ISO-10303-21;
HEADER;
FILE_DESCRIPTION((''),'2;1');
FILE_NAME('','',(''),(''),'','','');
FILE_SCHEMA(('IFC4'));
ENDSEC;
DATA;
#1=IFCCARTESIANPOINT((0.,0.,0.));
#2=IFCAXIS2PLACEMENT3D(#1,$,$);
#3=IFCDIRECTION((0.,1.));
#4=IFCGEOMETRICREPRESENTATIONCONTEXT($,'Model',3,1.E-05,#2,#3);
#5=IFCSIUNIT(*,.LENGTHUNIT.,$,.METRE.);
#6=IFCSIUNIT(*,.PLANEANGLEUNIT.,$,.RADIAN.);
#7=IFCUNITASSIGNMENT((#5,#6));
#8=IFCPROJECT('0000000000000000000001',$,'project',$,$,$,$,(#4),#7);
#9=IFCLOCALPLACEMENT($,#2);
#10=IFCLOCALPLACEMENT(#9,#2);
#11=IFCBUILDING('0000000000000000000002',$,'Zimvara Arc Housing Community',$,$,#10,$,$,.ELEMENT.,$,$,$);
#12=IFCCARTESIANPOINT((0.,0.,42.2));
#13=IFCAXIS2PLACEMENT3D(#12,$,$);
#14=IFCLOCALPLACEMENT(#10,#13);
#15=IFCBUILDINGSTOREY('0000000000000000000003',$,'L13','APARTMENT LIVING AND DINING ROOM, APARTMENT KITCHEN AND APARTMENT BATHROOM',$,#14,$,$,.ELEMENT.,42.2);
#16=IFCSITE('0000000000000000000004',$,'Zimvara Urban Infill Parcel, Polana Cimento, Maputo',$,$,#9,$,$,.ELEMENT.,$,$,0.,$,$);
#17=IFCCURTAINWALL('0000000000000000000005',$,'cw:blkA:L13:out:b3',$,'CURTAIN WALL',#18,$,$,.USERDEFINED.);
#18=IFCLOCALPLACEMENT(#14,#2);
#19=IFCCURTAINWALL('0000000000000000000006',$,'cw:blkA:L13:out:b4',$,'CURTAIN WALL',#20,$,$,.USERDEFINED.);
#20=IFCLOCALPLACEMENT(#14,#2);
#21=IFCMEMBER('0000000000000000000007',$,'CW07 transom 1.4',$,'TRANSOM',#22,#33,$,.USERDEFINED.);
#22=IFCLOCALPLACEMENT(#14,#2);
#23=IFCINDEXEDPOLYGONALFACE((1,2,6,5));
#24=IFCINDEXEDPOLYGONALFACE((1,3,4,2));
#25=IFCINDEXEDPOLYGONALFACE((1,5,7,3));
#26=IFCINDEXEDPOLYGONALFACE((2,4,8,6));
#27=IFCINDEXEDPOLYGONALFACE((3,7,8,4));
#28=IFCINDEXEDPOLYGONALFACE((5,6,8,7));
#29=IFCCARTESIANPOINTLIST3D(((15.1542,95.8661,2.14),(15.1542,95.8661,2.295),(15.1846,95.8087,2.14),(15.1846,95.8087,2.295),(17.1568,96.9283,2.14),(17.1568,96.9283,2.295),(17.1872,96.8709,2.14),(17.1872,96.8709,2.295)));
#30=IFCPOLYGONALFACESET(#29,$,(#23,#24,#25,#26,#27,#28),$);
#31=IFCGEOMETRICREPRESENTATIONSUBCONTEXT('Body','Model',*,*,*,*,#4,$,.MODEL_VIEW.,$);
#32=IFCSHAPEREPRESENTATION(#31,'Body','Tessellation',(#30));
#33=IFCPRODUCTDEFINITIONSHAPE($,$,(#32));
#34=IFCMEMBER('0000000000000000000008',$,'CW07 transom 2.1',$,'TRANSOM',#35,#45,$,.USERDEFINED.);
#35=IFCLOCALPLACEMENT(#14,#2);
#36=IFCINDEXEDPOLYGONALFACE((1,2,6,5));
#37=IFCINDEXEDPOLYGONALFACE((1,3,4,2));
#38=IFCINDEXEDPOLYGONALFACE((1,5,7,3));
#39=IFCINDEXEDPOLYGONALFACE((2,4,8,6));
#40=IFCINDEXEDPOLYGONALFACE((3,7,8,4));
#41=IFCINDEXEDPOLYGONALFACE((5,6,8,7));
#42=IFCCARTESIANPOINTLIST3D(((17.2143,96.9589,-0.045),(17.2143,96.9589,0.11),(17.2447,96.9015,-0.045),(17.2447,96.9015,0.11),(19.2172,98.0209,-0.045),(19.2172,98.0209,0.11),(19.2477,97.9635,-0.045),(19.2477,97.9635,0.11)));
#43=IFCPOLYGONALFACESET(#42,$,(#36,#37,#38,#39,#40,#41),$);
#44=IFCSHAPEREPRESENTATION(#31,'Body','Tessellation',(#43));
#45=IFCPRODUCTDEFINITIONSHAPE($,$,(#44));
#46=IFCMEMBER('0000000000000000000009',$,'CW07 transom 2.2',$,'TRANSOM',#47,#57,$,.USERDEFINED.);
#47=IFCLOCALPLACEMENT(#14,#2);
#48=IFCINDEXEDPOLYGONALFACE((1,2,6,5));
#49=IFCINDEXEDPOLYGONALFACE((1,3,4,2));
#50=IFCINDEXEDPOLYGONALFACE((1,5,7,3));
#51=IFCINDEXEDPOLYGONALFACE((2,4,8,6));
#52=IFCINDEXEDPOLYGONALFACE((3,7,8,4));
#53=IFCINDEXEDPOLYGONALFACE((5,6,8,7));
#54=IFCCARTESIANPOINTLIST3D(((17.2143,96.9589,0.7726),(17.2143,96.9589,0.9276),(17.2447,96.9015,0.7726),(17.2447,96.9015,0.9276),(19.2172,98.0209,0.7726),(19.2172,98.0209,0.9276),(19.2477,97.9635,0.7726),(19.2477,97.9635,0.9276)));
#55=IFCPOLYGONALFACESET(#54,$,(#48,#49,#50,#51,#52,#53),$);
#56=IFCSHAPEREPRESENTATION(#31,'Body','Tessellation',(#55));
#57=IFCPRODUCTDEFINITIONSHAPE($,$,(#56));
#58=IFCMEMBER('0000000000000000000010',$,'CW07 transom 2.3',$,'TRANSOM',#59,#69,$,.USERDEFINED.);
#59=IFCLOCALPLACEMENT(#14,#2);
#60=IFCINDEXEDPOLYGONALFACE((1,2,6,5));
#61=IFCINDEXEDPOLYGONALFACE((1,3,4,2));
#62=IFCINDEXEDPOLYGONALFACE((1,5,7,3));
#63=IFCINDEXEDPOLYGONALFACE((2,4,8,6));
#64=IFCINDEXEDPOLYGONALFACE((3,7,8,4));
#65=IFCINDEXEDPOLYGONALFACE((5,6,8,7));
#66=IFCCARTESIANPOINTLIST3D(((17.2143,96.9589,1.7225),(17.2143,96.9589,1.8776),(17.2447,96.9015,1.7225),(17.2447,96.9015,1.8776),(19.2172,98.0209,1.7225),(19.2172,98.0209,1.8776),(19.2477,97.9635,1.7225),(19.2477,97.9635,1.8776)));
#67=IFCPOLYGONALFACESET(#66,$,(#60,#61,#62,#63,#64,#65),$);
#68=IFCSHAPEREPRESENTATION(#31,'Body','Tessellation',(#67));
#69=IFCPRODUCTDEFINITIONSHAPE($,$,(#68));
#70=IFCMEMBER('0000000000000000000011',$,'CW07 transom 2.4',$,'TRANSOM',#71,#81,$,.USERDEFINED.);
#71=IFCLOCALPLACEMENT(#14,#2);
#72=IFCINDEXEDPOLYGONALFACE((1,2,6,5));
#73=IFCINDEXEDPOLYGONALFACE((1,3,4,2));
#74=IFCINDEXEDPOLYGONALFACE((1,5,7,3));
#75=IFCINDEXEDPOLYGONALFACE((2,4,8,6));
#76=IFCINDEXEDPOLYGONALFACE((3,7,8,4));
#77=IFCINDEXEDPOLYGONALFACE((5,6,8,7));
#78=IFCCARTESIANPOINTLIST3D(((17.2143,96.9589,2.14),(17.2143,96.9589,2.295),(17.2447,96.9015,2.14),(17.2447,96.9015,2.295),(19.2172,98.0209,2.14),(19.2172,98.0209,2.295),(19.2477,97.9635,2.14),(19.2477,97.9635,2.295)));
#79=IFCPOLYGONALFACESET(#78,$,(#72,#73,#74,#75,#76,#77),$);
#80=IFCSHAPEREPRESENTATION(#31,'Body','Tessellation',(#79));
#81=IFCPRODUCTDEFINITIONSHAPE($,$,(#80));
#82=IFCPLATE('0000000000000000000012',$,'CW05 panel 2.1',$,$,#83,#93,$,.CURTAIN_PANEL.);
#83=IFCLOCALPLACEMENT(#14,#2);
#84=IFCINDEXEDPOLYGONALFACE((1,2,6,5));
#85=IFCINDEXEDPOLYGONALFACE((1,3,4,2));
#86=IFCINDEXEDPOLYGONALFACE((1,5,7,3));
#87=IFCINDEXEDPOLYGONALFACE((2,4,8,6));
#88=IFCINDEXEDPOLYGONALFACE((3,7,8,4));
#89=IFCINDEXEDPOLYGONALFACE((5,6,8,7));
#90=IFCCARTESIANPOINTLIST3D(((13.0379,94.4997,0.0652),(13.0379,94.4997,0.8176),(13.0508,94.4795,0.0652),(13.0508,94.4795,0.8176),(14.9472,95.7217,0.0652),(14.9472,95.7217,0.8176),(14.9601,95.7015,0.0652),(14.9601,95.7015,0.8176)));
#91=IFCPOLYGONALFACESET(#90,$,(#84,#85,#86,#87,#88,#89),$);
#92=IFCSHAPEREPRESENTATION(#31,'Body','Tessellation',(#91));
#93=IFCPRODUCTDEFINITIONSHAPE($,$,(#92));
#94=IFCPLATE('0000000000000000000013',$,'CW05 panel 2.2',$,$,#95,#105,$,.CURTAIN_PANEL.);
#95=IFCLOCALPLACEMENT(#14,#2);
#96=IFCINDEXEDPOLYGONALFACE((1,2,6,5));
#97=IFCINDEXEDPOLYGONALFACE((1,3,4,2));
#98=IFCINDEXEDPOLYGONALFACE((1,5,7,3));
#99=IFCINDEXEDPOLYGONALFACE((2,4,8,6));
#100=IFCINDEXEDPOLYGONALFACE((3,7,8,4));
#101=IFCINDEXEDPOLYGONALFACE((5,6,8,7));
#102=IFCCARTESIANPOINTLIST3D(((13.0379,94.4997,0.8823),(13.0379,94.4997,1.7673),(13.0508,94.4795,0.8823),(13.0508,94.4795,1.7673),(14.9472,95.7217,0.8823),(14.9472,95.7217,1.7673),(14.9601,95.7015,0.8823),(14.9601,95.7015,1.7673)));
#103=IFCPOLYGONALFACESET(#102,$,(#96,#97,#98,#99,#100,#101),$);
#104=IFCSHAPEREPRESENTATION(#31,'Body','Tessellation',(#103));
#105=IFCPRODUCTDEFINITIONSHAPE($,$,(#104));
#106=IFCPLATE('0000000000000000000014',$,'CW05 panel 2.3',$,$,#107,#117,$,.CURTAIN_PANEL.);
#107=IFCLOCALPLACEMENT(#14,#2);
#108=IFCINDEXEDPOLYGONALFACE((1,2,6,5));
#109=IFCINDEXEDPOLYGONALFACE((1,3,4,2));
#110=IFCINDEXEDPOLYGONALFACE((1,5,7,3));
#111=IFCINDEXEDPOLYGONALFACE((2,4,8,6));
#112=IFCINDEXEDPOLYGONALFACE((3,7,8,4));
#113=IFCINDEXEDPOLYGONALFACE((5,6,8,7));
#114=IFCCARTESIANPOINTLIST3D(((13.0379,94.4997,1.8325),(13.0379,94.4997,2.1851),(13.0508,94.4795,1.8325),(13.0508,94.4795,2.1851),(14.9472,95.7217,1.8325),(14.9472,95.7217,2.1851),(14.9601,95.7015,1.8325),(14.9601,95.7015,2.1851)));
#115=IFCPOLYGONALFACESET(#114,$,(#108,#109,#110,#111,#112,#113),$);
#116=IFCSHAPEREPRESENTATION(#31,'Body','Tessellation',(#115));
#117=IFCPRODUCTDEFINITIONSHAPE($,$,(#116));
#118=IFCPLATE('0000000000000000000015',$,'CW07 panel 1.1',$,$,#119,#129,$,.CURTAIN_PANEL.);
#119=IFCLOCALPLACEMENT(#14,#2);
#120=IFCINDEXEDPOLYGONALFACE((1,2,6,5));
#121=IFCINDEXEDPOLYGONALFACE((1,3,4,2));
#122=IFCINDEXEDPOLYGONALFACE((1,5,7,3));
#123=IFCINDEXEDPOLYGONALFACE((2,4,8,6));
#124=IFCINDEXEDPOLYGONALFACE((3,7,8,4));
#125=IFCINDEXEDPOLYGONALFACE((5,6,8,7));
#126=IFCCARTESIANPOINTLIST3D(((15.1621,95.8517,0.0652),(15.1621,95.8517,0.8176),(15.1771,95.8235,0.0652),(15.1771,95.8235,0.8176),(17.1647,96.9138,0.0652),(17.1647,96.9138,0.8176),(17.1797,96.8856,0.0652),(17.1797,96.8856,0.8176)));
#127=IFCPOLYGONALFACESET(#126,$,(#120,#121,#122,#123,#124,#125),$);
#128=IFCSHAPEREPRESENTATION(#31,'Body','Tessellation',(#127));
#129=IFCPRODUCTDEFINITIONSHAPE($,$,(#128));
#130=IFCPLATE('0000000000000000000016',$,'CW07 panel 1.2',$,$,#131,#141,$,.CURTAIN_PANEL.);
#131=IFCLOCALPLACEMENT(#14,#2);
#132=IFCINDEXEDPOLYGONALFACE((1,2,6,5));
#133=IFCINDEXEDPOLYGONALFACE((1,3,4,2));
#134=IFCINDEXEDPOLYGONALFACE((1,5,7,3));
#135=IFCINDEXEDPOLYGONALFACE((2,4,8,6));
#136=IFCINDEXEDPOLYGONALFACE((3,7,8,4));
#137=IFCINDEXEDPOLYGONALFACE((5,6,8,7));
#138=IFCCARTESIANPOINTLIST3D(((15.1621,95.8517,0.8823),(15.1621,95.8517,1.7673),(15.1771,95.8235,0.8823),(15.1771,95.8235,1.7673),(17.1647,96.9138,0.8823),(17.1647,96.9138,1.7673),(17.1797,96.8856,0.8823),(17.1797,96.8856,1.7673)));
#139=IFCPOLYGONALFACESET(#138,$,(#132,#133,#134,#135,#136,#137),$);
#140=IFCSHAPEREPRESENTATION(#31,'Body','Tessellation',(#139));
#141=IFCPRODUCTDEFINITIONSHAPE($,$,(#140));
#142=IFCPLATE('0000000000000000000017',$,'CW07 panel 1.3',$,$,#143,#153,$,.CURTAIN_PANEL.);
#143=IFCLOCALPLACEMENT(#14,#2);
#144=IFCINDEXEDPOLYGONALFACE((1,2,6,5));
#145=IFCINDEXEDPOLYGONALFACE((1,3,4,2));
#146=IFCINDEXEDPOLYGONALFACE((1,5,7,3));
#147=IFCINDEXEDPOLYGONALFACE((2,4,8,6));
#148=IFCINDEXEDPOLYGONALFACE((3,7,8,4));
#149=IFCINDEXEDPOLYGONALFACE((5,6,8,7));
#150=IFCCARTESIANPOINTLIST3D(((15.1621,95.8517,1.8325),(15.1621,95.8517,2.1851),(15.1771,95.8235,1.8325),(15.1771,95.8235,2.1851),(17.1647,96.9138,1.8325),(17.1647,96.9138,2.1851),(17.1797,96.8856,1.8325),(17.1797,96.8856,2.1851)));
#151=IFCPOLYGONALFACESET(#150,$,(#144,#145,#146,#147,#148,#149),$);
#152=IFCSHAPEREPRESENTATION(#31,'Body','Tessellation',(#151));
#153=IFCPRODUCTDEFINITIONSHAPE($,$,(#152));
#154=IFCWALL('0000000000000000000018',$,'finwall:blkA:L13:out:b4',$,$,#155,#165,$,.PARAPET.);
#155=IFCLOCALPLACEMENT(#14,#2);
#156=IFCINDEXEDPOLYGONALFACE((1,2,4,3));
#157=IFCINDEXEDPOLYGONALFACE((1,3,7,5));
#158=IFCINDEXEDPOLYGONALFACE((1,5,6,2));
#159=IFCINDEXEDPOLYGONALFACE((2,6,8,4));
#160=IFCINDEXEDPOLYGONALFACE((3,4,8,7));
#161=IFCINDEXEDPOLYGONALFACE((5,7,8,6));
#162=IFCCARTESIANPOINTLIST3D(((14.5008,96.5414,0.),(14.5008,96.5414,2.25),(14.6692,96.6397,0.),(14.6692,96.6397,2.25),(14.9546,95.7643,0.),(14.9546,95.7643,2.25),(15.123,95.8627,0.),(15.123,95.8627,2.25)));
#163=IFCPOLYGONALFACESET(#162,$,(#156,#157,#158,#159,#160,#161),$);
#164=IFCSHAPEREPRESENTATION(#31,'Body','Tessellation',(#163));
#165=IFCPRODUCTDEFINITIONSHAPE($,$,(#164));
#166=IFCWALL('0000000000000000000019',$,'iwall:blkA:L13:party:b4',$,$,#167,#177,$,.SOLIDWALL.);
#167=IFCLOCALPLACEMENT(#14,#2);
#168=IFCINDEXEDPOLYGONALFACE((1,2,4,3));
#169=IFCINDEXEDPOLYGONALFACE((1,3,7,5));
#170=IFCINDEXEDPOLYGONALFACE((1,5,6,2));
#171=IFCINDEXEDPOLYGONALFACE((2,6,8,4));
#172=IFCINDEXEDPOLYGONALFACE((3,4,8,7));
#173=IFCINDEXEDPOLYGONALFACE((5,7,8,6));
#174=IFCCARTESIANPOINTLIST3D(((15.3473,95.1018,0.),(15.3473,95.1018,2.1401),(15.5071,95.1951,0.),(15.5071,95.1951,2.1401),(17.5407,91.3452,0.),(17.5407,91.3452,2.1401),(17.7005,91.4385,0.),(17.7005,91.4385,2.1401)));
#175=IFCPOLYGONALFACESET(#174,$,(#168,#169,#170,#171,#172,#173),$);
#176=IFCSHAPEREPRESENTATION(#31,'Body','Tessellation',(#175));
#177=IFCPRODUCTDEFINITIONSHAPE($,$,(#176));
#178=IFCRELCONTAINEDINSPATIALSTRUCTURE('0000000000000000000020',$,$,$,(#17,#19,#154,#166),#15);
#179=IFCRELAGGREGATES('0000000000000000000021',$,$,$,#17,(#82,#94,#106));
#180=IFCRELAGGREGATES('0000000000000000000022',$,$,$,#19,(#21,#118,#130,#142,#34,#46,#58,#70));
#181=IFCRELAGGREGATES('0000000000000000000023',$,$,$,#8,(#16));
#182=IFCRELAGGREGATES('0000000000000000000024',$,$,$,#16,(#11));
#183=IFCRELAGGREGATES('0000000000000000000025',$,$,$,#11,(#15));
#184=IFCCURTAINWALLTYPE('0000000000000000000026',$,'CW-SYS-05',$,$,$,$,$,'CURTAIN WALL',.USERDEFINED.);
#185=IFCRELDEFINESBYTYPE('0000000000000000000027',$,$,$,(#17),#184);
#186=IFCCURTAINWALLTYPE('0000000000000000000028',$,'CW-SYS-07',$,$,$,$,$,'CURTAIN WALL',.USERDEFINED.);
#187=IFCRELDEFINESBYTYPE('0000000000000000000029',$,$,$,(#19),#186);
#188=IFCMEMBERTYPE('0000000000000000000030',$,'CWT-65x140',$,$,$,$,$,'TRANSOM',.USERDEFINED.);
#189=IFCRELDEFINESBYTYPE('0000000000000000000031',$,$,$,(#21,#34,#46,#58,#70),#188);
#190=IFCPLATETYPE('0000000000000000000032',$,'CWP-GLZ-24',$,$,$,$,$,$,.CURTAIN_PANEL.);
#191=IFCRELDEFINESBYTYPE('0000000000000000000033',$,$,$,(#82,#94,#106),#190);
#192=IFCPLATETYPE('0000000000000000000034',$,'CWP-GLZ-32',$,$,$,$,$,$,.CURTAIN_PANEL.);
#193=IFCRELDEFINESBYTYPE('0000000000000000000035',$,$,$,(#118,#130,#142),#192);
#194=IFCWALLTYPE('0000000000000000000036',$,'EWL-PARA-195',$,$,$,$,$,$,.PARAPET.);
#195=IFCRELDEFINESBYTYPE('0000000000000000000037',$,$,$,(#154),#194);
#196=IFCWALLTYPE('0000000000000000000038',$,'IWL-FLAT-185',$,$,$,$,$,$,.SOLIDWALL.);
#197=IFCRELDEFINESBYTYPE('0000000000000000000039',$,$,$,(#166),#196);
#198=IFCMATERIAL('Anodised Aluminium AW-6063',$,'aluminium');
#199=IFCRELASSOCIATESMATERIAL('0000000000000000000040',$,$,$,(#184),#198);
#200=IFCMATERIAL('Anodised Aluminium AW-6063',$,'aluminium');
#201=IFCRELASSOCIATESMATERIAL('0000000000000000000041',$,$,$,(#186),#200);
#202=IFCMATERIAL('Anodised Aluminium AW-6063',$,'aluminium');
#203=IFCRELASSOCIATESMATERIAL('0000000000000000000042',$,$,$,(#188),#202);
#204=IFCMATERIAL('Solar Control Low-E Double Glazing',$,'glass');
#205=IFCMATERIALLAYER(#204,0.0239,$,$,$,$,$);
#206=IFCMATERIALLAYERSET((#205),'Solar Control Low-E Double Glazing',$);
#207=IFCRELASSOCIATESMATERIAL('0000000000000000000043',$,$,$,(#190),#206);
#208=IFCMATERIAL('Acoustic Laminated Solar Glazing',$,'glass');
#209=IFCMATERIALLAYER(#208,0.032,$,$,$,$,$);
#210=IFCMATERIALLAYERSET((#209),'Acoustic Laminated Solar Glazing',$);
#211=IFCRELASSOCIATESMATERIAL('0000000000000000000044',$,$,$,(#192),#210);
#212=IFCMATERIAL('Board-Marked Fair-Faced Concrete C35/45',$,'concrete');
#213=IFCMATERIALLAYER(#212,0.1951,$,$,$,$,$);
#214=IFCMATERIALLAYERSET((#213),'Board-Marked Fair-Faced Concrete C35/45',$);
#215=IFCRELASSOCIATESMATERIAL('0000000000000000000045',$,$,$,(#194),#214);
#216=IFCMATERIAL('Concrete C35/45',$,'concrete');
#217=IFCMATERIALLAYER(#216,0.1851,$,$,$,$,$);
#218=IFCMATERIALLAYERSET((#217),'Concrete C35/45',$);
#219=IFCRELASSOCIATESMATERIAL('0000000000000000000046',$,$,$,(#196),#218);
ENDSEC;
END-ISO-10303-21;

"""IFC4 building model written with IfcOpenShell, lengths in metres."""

from ifc_helpers import new_model, si_unit, direction, frame, frame_2d, origin, origin_2d, place, context, subcontext, project, spatial, rectangle, extrude, material, layer, layer_set, material_profile, profile_set, type_object, element, aggregate, save


model = new_model("IFC4")

# Units and contexts
model_context = context("Model", 3, precision=1e-05, world=origin(), true_north=direction((0.0, 1.0)))
body_context = subcontext(model_context, "Body", "Model", "MODEL_VIEW")
ifc_project = project(units=[si_unit("LENGTHUNIT", "METRE"), si_unit("PLANEANGLEUNIT", "RADIAN")], contexts=[model_context])

# Site, building, storey
site_placement = place(None, origin())
site = spatial("IfcSite", under=ifc_project, at=site_placement, Name="Zimvara Urban Infill Parcel, Polana Cimento, Maputo", CompositionType="ELEMENT", RefElevation=0.0)
building_placement = place(site_placement, origin())
building = spatial("IfcBuilding", under=site, at=building_placement, Name="Zimvara Arc Housing Community", CompositionType="ELEMENT")
storey_placement = place(building_placement, frame((0.0, 0.0, 42.2)))
storey = spatial("IfcBuildingStorey", under=building, at=storey_placement, Name="L13", Description="APARTMENT LIVING AND DINING ROOM, APARTMENT KITCHEN AND APARTMENT BATHROOM", CompositionType="ELEMENT", Elevation=42.2)

# Curtain wall
ifc_material_1 = material(Name="Anodised Aluminium AW-6063", Category="aluminium")
curtain_wall_type_1 = type_object("IfcCurtainWallType", Name="CW-SYS-05", ElementType="CURTAIN WALL", PredefinedType="USERDEFINED", material=ifc_material_1)
curtain_wall_1_placement = place(storey_placement, origin())
curtain_wall_1 = element("IfcCurtainWall", 1, at=curtain_wall_1_placement, inside=storey, type_object=curtain_wall_type_1, Name="cw:blkA:L13:out:b3", ObjectType="CURTAIN WALL", PredefinedType="USERDEFINED")

# Curtain wall
ifc_material_2 = material(Name="Anodised Aluminium AW-6063", Category="aluminium")
curtain_wall_type_2 = type_object("IfcCurtainWallType", Name="CW-SYS-07", ElementType="CURTAIN WALL", PredefinedType="USERDEFINED", material=ifc_material_2)
curtain_wall_2_placement = place(storey_placement, origin())
curtain_wall_2 = element("IfcCurtainWall", 2, at=curtain_wall_2_placement, inside=storey, type_object=curtain_wall_type_2, Name="cw:blkA:L13:out:b4", ObjectType="CURTAIN WALL", PredefinedType="USERDEFINED")

# Members
ifc_material_3 = material(Name="Anodised Aluminium AW-6063", Category="aluminium")
ifc_material_profile_1 = material_profile(ifc_material_3, rectangle(XDim=0.0649, YDim=0.155, at=origin_2d()), Name="ALU 65x155")
ifc_profile_set_1 = profile_set([ifc_material_profile_1], Name="Anodised Aluminium AW-6063")
member_type_1 = type_object("IfcMemberType", Name="CWT-65x140", ElementType="TRANSOM", PredefinedType="USERDEFINED", material=ifc_profile_set_1)
member_1_placement = place(storey_placement, frame((15.1694, 95.8374, 2.2175), z_axis=(0.883421, 0.46858, 0.0), x_axis=(-0.46858, 0.883421, 0.0)))
member_1 = element("IfcMember", 3, at=member_1_placement, type_object=member_type_1, Name="CW07 transom 1.4", ObjectType="TRANSOM", PredefinedType="USERDEFINED", context=body_context, shape_type="SweptSolid", body=[
    extrude(rectangle(XDim=0.0649, YDim=0.155, at=origin_2d()), origin(), (0.0, 0.0, 1.0), 2.2668),
])
member_2_placement = place(storey_placement, frame((17.2295, 96.9302, 0.0325), z_axis=(0.883489, 0.468452, 0.0), x_axis=(-0.468452, 0.883489, 0.0)))
member_2 = element("IfcMember", 4, at=member_2_placement, type_object=member_type_1, Name="CW07 transom 2.1", ObjectType="TRANSOM", PredefinedType="USERDEFINED", context=body_context, shape_type="SweptSolid", body=[
    extrude(rectangle(XDim=0.0649, YDim=0.155, at=origin_2d()), origin(), (0.0, 0.0, 1.0), 2.2671),
])
member_3_placement = place(storey_placement, frame((17.2295, 96.9302, 0.8501), z_axis=(0.883489, 0.468452, 0.0), x_axis=(-0.468452, 0.883489, 0.0)))
member_3 = element("IfcMember", 5, at=member_3_placement, type_object=member_type_1, Name="CW07 transom 2.2", ObjectType="TRANSOM", PredefinedType="USERDEFINED", context=body_context, shape_type="SweptSolid", body=[
    extrude(rectangle(XDim=0.0649, YDim=0.155, at=origin_2d()), origin(), (0.0, 0.0, 1.0), 2.2671),
])
member_4_placement = place(storey_placement, frame((17.2295, 96.9302, 1.8), z_axis=(0.883489, 0.468452, 0.0), x_axis=(-0.468452, 0.883489, 0.0)))
member_4 = element("IfcMember", 6, at=member_4_placement, type_object=member_type_1, Name="CW07 transom 2.3", ObjectType="TRANSOM", PredefinedType="USERDEFINED", context=body_context, shape_type="SweptSolid", body=[
    extrude(rectangle(XDim=0.0649, YDim=0.155, at=origin_2d()), origin(), (0.0, 0.0, 1.0), 2.2671),
])
member_5_placement = place(storey_placement, frame((17.2295, 96.9302, 2.2175), z_axis=(0.883489, 0.468452, 0.0), x_axis=(-0.468452, 0.883489, 0.0)))
member_5 = element("IfcMember", 7, at=member_5_placement, type_object=member_type_1, Name="CW07 transom 2.4", ObjectType="TRANSOM", PredefinedType="USERDEFINED", context=body_context, shape_type="SweptSolid", body=[
    extrude(rectangle(XDim=0.0649, YDim=0.155, at=origin_2d()), origin(), (0.0, 0.0, 1.0), 2.2671),
])

# Plates
ifc_material_4 = material(Name="Solar Control Low-E Double Glazing", Category="glass")
ifc_layer_1 = layer(ifc_material_4, 0.0239)
ifc_layer_set_1 = layer_set([ifc_layer_1], Name="Solar Control Low-E Double Glazing")
plate_type_1 = type_object("IfcPlateType", Name="CWP-GLZ-24", PredefinedType="CURTAIN_PANEL", material=ifc_layer_set_1)
plate_1_placement = place(storey_placement, frame((13.999, 95.1006, 0.0652), z_axis=(0.0, 0.0, 1.0), x_axis=(0.842264, 0.539065, 0.0)))
plate_1 = element("IfcPlate", 8, at=plate_1_placement, type_object=plate_type_1, Name="CW05 panel 2.1", PredefinedType="CURTAIN_PANEL", context=body_context, shape_type="SweptSolid", body=[
    extrude(rectangle(XDim=2.2668, YDim=0.0239, at=origin_2d()), origin(), (0.0, 0.0, 1.0), 0.7524),
])
plate_2_placement = place(storey_placement, frame((13.999, 95.1006, 0.8823), z_axis=(0.0, 0.0, 1.0), x_axis=(0.842264, 0.539065, 0.0)))
plate_2 = element("IfcPlate", 9, at=plate_2_placement, type_object=plate_type_1, Name="CW05 panel 2.2", PredefinedType="CURTAIN_PANEL", context=body_context, shape_type="SweptSolid", body=[
    extrude(rectangle(XDim=2.2668, YDim=0.0239, at=origin_2d()), origin(), (0.0, 0.0, 1.0), 0.885),
])
plate_3_placement = place(storey_placement, frame((13.999, 95.1006, 1.8325), z_axis=(0.0, 0.0, 1.0), x_axis=(0.842264, 0.539065, 0.0)))
plate_3 = element("IfcPlate", 10, at=plate_3_placement, type_object=plate_type_1, Name="CW05 panel 2.3", PredefinedType="CURTAIN_PANEL", context=body_context, shape_type="SweptSolid", body=[
    extrude(rectangle(XDim=2.2668, YDim=0.0239, at=origin_2d()), origin(), (0.0, 0.0, 1.0), 0.3525),
])
aggregate(curtain_wall_1, [plate_1, plate_2, plate_3])
ifc_material_5 = material(Name="Acoustic Laminated Solar Glazing", Category="glass")
ifc_layer_2 = layer(ifc_material_5, 0.032)
ifc_layer_set_2 = layer_set([ifc_layer_2], Name="Acoustic Laminated Solar Glazing")
plate_type_2 = type_object("IfcPlateType", Name="CWP-GLZ-32", PredefinedType="CURTAIN_PANEL", material=ifc_layer_set_2)
plate_4_placement = place(storey_placement, frame((16.1709, 96.3687, 0.0652), z_axis=(0.0, 0.0, 1.0), x_axis=(0.883439, 0.468547, 0.0)))
plate_4 = element("IfcPlate", 11, at=plate_4_placement, type_object=plate_type_2, Name="CW07 panel 1.1", PredefinedType="CURTAIN_PANEL", context=body_context, shape_type="SweptSolid", body=[
    extrude(rectangle(XDim=2.2668, YDim=0.032, at=origin_2d()), origin(), (0.0, 0.0, 1.0), 0.7524),
])
plate_5_placement = place(storey_placement, frame((16.1709, 96.3687, 0.8823), z_axis=(0.0, 0.0, 1.0), x_axis=(0.883439, 0.468547, 0.0)))
plate_5 = element("IfcPlate", 12, at=plate_5_placement, type_object=plate_type_2, Name="CW07 panel 1.2", PredefinedType="CURTAIN_PANEL", context=body_context, shape_type="SweptSolid", body=[
    extrude(rectangle(XDim=2.2668, YDim=0.032, at=origin_2d()), origin(), (0.0, 0.0, 1.0), 0.885),
])
plate_6_placement = place(storey_placement, frame((16.1709, 96.3687, 1.8325), z_axis=(0.0, 0.0, 1.0), x_axis=(0.883439, 0.468547, 0.0)))
plate_6 = element("IfcPlate", 13, at=plate_6_placement, type_object=plate_type_2, Name="CW07 panel 1.3", PredefinedType="CURTAIN_PANEL", context=body_context, shape_type="SweptSolid", body=[
    extrude(rectangle(XDim=2.2668, YDim=0.032, at=origin_2d()), origin(), (0.0, 0.0, 1.0), 0.3525),
])
aggregate(curtain_wall_2, [member_1, plate_4, plate_5, plate_6, member_2, member_3, member_4, member_5])

# Walls
ifc_material_6 = material(Name="Board-Marked Fair-Faced Concrete C35/45", Category="concrete")
ifc_layer_3 = layer(ifc_material_6, 0.1951)
ifc_layer_set_3 = layer_set([ifc_layer_3], Name="Board-Marked Fair-Faced Concrete C35/45")
wall_type_1 = type_object("IfcWallType", Name="EWL-PARA-195", PredefinedType="PARAPET", material=ifc_layer_set_3)
wall_1_placement = place(storey_placement, frame((15.0388, 95.8135, 0.0), z_axis=(0.0, 0.0, 1.0), x_axis=(-0.504326, 0.863513, 0.0)))
element("IfcWall", 14, at=wall_1_placement, inside=storey, type_object=wall_type_1, Name="finwall:blkA:L13:out:b4", PredefinedType="PARAPET", context=body_context, shape_type="SweptSolid", body=[
    extrude(rectangle(XDim=0.8999, YDim=0.1951, at=frame_2d((0.45, 0.0))), origin(), (0.0, 0.0, 1.0), 2.25),
])
ifc_material_7 = material(Name="Concrete C35/45", Category="concrete")
ifc_layer_4 = layer(ifc_material_7, 0.1851)
ifc_layer_set_4 = layer_set([ifc_layer_4], Name="Concrete C35/45")
wall_type_2 = type_object("IfcWallType", Name="IWL-FLAT-185", PredefinedType="SOLIDWALL", material=ifc_layer_set_4)
wall_2_placement = place(storey_placement, frame((17.6206, 91.3918, 0.0), z_axis=(0.0, 0.0, 1.0), x_axis=(-0.504216, 0.863577, 0.0)))
element("IfcWall", 15, at=wall_2_placement, inside=storey, type_object=wall_type_2, Name="iwall:blkA:L13:party:b4", PredefinedType="SOLIDWALL", context=body_context, shape_type="SweptSolid", body=[
    extrude(rectangle(XDim=4.3501, YDim=0.1851, at=frame_2d((2.175, 0.0))), origin(), (0.0, 0.0, 1.0), 2.1401),
])

save(model, "model.ifc")
